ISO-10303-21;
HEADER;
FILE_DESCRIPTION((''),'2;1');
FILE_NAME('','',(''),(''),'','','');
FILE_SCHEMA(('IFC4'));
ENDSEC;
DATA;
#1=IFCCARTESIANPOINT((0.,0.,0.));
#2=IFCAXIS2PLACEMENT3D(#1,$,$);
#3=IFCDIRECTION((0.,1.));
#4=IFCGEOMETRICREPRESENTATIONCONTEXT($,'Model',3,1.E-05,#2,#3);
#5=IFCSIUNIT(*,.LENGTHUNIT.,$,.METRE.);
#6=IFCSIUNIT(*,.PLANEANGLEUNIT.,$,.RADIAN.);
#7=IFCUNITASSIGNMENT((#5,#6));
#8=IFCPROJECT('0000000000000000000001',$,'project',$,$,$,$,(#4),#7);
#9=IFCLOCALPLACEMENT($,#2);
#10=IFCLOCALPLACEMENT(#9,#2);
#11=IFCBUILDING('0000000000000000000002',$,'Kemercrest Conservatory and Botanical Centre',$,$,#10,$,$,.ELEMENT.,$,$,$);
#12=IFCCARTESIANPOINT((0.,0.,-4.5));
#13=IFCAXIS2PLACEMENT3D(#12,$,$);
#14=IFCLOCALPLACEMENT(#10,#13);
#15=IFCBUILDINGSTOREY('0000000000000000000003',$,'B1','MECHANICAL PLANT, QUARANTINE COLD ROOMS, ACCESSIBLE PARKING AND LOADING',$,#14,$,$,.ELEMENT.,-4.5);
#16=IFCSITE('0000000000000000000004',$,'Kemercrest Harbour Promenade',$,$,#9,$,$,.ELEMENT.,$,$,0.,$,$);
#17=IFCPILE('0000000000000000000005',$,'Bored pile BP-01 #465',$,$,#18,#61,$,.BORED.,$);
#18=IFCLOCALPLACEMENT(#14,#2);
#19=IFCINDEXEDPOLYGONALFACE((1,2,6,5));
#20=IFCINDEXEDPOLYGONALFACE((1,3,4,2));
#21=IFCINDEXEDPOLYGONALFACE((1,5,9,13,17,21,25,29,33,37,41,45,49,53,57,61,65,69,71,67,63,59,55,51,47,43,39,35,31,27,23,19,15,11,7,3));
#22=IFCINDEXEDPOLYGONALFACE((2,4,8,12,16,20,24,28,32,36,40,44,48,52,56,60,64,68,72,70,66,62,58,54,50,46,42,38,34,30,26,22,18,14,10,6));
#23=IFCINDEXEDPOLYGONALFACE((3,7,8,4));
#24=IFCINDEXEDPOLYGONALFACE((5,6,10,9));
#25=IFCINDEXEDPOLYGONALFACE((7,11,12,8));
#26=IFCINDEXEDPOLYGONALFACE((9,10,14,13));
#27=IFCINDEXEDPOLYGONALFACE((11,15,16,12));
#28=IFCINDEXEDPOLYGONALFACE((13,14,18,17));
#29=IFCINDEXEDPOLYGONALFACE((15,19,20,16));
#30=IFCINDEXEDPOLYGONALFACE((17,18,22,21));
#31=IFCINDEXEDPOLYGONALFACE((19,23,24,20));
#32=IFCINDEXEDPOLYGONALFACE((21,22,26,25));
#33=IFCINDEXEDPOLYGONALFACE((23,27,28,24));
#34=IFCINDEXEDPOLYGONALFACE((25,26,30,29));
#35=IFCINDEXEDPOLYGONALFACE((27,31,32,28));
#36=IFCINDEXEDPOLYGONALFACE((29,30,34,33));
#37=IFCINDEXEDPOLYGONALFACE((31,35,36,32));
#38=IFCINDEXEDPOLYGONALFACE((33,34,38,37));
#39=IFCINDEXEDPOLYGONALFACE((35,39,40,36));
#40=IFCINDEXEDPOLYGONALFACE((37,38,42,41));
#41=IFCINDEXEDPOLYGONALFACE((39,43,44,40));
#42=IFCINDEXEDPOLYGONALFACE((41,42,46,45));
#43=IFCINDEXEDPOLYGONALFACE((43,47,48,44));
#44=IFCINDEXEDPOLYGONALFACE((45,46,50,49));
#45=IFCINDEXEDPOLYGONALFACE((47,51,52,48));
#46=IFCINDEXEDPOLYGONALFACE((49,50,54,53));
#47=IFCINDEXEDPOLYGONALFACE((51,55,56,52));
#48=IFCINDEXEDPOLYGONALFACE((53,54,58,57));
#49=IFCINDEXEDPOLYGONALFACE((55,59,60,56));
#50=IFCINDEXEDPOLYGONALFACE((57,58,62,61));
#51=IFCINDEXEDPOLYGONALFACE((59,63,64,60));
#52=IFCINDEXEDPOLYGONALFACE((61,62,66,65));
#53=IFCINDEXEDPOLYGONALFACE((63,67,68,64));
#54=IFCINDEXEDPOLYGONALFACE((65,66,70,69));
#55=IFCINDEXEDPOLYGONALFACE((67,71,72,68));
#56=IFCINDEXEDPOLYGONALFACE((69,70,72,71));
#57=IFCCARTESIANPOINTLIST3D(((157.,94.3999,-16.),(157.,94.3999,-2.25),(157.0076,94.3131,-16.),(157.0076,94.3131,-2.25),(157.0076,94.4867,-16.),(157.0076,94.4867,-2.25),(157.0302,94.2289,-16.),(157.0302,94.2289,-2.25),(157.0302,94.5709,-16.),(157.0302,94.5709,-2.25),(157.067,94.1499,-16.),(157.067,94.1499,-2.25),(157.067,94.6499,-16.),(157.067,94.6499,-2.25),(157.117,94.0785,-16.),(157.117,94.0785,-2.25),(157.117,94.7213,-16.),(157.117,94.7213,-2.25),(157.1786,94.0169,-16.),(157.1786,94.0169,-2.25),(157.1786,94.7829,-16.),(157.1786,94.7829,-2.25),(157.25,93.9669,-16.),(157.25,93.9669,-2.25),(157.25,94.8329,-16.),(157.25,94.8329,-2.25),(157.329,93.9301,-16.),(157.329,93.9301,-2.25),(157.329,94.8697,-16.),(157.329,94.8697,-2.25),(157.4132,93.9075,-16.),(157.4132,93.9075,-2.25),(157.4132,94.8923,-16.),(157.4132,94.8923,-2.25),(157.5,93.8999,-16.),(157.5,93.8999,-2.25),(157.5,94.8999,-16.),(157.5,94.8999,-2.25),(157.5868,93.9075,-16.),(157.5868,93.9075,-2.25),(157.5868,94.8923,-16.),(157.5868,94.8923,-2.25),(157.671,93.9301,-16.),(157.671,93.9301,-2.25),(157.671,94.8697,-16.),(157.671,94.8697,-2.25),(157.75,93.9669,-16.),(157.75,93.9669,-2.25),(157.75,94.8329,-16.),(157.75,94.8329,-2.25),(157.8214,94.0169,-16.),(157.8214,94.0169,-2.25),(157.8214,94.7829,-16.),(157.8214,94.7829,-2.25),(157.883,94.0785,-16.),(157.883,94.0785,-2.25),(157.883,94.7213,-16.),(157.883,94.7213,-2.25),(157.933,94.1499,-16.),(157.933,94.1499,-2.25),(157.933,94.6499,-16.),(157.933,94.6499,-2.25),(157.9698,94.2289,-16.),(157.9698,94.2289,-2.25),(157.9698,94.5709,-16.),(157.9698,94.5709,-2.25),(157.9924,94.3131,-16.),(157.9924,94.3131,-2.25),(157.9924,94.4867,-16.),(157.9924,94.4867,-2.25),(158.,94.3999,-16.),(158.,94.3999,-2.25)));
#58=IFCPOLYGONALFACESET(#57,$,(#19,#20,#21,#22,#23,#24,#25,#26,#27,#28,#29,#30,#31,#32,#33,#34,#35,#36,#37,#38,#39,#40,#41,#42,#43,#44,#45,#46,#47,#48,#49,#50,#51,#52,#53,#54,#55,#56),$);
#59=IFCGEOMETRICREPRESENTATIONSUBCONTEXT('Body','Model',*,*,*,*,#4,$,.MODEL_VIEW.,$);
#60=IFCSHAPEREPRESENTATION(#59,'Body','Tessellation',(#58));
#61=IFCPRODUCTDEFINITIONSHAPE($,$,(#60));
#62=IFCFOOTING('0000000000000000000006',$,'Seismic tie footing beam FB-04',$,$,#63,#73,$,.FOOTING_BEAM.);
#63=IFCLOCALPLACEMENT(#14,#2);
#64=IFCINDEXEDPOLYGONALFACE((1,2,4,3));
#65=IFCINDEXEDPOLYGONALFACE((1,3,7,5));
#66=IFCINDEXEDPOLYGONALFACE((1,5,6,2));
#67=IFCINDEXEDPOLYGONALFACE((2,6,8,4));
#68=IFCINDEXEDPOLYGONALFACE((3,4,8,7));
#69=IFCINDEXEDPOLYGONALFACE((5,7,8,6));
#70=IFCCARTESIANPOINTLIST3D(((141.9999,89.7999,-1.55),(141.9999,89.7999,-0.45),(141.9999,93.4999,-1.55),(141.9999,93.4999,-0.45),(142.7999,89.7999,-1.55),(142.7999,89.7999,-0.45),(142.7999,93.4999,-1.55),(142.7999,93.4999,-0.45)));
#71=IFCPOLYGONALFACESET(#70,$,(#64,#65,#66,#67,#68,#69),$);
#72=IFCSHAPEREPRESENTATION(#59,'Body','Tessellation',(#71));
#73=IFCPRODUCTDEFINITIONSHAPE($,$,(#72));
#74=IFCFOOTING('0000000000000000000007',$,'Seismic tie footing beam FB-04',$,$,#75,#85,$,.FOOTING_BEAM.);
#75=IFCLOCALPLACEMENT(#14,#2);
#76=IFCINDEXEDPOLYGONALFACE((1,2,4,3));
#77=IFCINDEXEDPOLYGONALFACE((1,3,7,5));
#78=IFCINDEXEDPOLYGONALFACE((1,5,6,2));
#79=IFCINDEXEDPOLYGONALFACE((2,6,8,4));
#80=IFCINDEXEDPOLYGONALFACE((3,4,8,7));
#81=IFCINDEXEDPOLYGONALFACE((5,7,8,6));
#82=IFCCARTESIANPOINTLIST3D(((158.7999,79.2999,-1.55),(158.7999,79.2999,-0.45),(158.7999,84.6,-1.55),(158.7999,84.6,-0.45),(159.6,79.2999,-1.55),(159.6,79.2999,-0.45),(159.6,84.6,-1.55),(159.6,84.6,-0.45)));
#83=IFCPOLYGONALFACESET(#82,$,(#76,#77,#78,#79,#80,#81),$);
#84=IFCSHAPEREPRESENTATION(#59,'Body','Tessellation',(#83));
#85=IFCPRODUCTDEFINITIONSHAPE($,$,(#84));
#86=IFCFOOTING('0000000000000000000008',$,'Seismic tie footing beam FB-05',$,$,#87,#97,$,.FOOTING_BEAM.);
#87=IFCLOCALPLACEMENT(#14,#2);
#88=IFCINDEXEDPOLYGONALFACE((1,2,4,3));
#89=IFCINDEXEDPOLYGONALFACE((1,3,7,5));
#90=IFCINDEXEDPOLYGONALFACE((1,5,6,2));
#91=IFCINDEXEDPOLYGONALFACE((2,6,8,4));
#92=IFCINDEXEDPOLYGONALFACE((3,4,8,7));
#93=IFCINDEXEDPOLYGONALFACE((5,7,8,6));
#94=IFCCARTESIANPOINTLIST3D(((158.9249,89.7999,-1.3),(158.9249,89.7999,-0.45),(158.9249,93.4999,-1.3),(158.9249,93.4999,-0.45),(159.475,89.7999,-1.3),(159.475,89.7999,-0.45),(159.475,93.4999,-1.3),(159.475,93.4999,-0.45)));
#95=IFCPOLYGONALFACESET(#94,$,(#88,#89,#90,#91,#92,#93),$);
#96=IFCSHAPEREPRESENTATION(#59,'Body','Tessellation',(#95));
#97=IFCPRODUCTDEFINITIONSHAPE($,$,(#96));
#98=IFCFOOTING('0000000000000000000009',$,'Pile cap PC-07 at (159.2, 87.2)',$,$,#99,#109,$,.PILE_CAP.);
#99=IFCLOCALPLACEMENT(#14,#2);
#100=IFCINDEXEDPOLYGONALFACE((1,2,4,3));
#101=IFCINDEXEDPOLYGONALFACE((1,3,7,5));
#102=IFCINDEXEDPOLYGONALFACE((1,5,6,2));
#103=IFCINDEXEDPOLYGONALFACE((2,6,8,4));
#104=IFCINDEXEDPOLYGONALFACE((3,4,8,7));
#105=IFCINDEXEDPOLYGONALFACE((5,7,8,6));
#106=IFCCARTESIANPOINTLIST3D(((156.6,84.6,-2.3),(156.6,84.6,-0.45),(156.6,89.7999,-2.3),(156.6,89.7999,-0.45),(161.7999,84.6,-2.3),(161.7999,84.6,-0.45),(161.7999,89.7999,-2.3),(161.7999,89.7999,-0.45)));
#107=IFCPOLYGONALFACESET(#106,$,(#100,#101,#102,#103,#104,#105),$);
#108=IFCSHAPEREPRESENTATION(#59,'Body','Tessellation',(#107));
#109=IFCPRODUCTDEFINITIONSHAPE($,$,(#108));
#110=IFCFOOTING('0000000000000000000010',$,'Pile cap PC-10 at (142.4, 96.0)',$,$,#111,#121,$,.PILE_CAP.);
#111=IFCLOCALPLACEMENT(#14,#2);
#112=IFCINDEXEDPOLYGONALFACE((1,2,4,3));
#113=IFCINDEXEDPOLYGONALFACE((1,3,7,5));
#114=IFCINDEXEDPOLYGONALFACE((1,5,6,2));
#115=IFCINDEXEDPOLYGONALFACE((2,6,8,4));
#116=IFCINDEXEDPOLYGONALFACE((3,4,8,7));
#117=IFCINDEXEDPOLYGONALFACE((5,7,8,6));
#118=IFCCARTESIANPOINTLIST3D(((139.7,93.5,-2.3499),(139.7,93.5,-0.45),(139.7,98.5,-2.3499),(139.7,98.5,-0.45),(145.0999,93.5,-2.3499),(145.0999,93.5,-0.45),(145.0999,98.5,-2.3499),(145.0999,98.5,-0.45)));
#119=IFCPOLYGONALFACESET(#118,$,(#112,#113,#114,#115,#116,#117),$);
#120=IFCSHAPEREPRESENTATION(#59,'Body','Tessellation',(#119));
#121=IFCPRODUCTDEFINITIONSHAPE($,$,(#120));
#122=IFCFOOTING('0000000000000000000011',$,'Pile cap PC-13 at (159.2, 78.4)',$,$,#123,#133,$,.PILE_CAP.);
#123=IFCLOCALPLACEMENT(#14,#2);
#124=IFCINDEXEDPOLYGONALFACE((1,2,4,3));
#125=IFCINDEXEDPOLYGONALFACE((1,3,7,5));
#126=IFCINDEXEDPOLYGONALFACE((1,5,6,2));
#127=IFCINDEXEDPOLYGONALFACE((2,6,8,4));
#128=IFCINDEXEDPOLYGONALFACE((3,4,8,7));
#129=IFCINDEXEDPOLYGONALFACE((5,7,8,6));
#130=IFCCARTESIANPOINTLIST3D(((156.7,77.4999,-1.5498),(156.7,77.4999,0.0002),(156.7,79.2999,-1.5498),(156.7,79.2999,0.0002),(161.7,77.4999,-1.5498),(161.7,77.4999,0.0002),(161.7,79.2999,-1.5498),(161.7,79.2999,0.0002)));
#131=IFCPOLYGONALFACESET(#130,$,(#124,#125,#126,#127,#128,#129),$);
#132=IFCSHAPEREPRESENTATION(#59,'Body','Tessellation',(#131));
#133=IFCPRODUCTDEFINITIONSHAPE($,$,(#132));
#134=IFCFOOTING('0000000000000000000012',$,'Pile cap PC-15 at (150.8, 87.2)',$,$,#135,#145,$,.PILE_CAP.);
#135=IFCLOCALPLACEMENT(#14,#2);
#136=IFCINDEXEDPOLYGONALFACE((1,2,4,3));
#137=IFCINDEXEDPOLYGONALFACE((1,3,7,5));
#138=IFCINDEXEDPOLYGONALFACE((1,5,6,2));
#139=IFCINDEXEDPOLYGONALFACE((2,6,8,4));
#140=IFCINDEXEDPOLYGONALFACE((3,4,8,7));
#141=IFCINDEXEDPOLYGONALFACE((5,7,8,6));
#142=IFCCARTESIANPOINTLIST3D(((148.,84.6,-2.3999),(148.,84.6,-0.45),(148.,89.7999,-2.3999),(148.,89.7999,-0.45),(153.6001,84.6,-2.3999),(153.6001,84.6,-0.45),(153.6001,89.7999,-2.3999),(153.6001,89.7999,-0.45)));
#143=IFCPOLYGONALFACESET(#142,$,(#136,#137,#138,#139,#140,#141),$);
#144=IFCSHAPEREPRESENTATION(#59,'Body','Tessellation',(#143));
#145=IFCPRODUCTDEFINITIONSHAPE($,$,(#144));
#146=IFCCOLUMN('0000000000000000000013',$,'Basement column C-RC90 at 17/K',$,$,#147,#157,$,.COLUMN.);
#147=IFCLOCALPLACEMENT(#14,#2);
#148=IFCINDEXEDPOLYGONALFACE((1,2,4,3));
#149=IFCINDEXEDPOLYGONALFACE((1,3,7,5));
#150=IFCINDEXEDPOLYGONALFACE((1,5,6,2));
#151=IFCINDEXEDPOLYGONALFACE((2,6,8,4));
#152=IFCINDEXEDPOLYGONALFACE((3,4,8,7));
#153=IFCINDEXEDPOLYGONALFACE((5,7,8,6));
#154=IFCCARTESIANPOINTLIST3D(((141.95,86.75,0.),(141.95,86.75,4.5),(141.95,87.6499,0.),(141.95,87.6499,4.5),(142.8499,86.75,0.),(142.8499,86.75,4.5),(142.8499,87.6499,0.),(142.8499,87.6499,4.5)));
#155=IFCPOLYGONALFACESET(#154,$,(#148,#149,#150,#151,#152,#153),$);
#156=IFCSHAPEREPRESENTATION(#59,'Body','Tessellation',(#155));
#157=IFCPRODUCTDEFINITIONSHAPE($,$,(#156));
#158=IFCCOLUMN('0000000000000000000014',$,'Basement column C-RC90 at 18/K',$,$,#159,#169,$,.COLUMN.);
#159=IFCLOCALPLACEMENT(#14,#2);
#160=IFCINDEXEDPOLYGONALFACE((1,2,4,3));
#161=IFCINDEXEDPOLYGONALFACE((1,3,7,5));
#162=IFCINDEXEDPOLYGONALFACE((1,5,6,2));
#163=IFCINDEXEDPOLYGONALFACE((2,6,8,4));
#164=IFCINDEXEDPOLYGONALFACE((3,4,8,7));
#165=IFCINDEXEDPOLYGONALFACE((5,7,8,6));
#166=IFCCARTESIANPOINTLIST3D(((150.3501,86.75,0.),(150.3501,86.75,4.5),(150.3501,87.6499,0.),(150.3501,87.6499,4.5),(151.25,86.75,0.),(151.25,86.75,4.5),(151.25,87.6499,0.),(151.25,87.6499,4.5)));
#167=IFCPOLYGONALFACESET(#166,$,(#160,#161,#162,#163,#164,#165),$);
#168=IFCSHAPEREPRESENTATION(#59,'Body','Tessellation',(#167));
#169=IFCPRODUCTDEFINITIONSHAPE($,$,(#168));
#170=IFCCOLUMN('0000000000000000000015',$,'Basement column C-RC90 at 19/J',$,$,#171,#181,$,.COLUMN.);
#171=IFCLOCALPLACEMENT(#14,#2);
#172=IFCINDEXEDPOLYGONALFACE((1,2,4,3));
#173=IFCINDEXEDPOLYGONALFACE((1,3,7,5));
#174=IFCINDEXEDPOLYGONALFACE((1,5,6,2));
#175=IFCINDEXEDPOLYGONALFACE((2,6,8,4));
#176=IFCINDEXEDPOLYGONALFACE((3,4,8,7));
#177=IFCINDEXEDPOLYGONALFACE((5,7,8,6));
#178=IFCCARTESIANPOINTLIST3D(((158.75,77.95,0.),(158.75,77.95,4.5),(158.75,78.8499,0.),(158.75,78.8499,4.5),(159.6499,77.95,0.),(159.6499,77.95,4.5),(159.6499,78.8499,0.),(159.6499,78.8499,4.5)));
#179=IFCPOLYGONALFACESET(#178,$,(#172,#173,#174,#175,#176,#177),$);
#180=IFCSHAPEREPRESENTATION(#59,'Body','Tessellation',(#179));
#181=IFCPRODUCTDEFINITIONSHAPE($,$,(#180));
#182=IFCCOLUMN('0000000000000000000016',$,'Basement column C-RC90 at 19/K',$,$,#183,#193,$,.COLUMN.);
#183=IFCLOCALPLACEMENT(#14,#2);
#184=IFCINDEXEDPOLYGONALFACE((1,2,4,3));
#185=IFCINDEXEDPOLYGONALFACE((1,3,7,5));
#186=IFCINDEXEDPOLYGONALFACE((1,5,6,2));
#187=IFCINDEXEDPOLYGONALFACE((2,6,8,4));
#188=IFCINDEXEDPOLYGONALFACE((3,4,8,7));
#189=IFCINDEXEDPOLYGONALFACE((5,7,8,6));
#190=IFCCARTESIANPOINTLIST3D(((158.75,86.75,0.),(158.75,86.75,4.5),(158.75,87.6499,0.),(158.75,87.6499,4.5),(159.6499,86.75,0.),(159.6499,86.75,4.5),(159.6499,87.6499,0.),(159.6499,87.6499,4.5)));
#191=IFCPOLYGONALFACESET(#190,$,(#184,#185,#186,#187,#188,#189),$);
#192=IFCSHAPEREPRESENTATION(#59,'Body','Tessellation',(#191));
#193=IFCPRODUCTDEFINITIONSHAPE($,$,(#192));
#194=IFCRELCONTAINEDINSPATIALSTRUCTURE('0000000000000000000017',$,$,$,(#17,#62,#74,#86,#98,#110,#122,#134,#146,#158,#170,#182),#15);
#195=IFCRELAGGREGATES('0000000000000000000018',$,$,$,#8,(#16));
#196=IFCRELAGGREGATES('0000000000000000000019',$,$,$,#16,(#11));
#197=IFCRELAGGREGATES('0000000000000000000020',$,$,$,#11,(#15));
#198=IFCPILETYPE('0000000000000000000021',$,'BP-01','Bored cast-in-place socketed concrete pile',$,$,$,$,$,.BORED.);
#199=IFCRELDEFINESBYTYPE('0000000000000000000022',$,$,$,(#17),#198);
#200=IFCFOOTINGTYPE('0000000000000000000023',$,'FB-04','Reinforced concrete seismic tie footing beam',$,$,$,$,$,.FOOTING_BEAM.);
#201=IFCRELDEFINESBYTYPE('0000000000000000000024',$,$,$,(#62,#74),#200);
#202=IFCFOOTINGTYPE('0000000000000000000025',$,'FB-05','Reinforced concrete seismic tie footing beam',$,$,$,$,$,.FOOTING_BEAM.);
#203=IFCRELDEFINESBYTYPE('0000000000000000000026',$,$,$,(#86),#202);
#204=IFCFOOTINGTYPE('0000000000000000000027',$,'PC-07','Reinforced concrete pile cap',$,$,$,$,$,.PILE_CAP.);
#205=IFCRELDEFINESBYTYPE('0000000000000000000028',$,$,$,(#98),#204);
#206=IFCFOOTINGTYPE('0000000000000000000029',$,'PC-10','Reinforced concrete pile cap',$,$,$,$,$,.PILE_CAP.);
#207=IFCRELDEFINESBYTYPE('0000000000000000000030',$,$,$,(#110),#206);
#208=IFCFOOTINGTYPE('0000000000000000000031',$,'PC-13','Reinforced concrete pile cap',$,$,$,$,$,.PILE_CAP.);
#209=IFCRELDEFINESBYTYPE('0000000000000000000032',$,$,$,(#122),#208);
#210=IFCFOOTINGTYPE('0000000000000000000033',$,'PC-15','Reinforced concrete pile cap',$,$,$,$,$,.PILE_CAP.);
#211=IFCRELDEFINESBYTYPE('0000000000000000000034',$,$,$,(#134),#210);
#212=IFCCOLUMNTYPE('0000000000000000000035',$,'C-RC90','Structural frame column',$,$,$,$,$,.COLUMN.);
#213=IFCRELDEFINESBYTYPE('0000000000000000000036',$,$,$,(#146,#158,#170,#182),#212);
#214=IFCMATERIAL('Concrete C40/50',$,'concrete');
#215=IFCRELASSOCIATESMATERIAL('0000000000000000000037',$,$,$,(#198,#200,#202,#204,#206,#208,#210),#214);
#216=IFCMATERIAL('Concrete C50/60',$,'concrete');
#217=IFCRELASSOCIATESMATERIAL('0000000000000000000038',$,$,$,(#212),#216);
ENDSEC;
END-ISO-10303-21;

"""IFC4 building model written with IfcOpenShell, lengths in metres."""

from ifc_helpers import new_model, si_unit, direction, frame, origin, origin_2d, place, context, subcontext, project, spatial, rectangle, circle, extrude, material, material_profile, profile_set, type_object, element, save


model = new_model("IFC4")

# Units and contexts
model_context = context("Model", 3, precision=1e-05, world=origin(), true_north=direction((0.0, 1.0)))
body_context = subcontext(model_context, "Body", "Model", "MODEL_VIEW")
ifc_project = project(units=[si_unit("LENGTHUNIT", "METRE"), si_unit("PLANEANGLEUNIT", "RADIAN")], contexts=[model_context])

# Site, building, storey
site_placement = place(None, origin())
site = spatial("IfcSite", under=ifc_project, at=site_placement, Name="Kemercrest Harbour Promenade", CompositionType="ELEMENT", RefElevation=0.0)
building_placement = place(site_placement, origin())
building = spatial("IfcBuilding", under=site, at=building_placement, Name="Kemercrest Conservatory and Botanical Centre", CompositionType="ELEMENT")
storey_placement = place(building_placement, frame((0.0, 0.0, -4.5)))
storey = spatial("IfcBuildingStorey", under=building, at=storey_placement, Name="B1", Description="MECHANICAL PLANT, QUARANTINE COLD ROOMS, ACCESSIBLE PARKING AND LOADING", CompositionType="ELEMENT", Elevation=-4.5)

# Pile
ifc_material_1 = material(Name="Concrete C40/50", Category="concrete")
ifc_material_profile_1 = material_profile(ifc_material_1, circle(Radius=0.5, at=origin_2d()), Name="BORED PILE 1000")
ifc_profile_set_1 = profile_set([ifc_material_profile_1], Name="Concrete C40/50")
pile_type = type_object("IfcPileType", Name="BP-01", Description="Bored cast-in-place socketed concrete pile", PredefinedType="BORED", material=ifc_profile_set_1)
pile_1_placement = place(storey_placement, frame((157.5, 94.3999, -2.25), z_axis=(0.0, 0.0, -1.0), x_axis=(1.0, 0.0, 0.0)))
element("IfcPile", 1, at=pile_1_placement, inside=storey, type_object=pile_type, Name="Bored pile BP-01 #465", PredefinedType="BORED", context=body_context, shape_type="SweptSolid", body=[
    extrude(circle(Radius=0.5, at=origin_2d()), origin(), (0.0, 0.0, 1.0), 13.75),
])

# Footings
footing_type_1 = type_object("IfcFootingType", Name="FB-04", Description="Reinforced concrete seismic tie footing beam", PredefinedType="FOOTING_BEAM", material=ifc_material_1)
footing_1_placement = place(storey_placement, frame((142.3999, 91.6499, -1.55), z_axis=(0.0, 0.0, 1.0), x_axis=(1.0, 0.0, 0.0)))
element("IfcFooting", 2, at=footing_1_placement, inside=storey, type_object=footing_type_1, Name="Seismic tie footing beam FB-04", PredefinedType="FOOTING_BEAM", context=body_context, shape_type="SweptSolid", body=[
    extrude(rectangle(XDim=0.8, YDim=3.7, at=origin_2d()), origin(), (0.0, 0.0, 1.0), 1.1001),
])
footing_2_placement = place(storey_placement, frame((159.2, 81.95, -1.55), z_axis=(0.0, 0.0, 1.0), x_axis=(1.0, 0.0, 0.0)))
element("IfcFooting", 3, at=footing_2_placement, inside=storey, type_object=footing_type_1, Name="Seismic tie footing beam FB-04", PredefinedType="FOOTING_BEAM", context=body_context, shape_type="SweptSolid", body=[
    extrude(rectangle(XDim=0.8, YDim=5.3, at=origin_2d()), origin(), (0.0, 0.0, 1.0), 1.1001),
])
footing_type_2 = type_object("IfcFootingType", Name="FB-05", Description="Reinforced concrete seismic tie footing beam", PredefinedType="FOOTING_BEAM", material=ifc_material_1)
footing_3_placement = place(storey_placement, frame((159.2, 91.6499, -1.3), z_axis=(0.0, 0.0, 1.0), x_axis=(1.0, 0.0, 0.0)))
element("IfcFooting", 4, at=footing_3_placement, inside=storey, type_object=footing_type_2, Name="Seismic tie footing beam FB-05", PredefinedType="FOOTING_BEAM", context=body_context, shape_type="SweptSolid", body=[
    extrude(rectangle(XDim=0.55, YDim=3.7, at=origin_2d()), origin(), (0.0, 0.0, 1.0), 0.8501),
])
footing_type_3 = type_object("IfcFootingType", Name="PC-07", Description="Reinforced concrete pile cap", PredefinedType="PILE_CAP", material=ifc_material_1)
footing_4_placement = place(storey_placement, frame((159.2, 87.2, -2.3), z_axis=(0.0, 0.0, 1.0), x_axis=(1.0, 0.0, 0.0)))
element("IfcFooting", 5, at=footing_4_placement, inside=storey, type_object=footing_type_3, Name="Pile cap PC-07 at (159.2, 87.2)", PredefinedType="PILE_CAP", context=body_context, shape_type="SweptSolid", body=[
    extrude(rectangle(XDim=5.2, YDim=5.2, at=origin_2d()), origin(), (0.0, 0.0, 1.0), 1.8501),
])
footing_type_4 = type_object("IfcFootingType", Name="PC-10", Description="Reinforced concrete pile cap", PredefinedType="PILE_CAP", material=ifc_material_1)
footing_5_placement = place(storey_placement, frame((142.3999, 96.0, -2.3499), z_axis=(0.0, 0.0, 1.0), x_axis=(1.0, 0.0, 0.0)))
element("IfcFooting", 6, at=footing_5_placement, inside=storey, type_object=footing_type_4, Name="Pile cap PC-10 at (142.4, 96.0)", PredefinedType="PILE_CAP", context=body_context, shape_type="SweptSolid", body=[
    extrude(rectangle(XDim=5.3999, YDim=5.0, at=origin_2d()), origin(), (0.0, 0.0, 1.0), 1.8999),
])
footing_type_5 = type_object("IfcFootingType", Name="PC-13", Description="Reinforced concrete pile cap", PredefinedType="PILE_CAP", material=ifc_material_1)
footing_6_placement = place(storey_placement, frame((159.2, 78.3999, -1.5498), z_axis=(0.0, 0.0, 1.0), x_axis=(1.0, 0.0, 0.0)))
element("IfcFooting", 7, at=footing_6_placement, inside=storey, type_object=footing_type_5, Name="Pile cap PC-13 at (159.2, 78.4)", PredefinedType="PILE_CAP", context=body_context, shape_type="SweptSolid", body=[
    extrude(rectangle(XDim=5.0, YDim=1.8, at=origin_2d()), origin(), (0.0, 0.0, 1.0), 1.55),
])
footing_type_6 = type_object("IfcFootingType", Name="PC-15", Description="Reinforced concrete pile cap", PredefinedType="PILE_CAP", material=ifc_material_1)
footing_7_placement = place(storey_placement, frame((150.8, 87.2, -2.3999), z_axis=(0.0, 0.0, 1.0), x_axis=(1.0, 0.0, 0.0)))
element("IfcFooting", 8, at=footing_7_placement, inside=storey, type_object=footing_type_6, Name="Pile cap PC-15 at (150.8, 87.2)", PredefinedType="PILE_CAP", context=body_context, shape_type="SweptSolid", body=[
    extrude(rectangle(XDim=5.6001, YDim=5.2, at=origin_2d()), origin(), (0.0, 0.0, 1.0), 1.95),
])

# Columns
ifc_material_2 = material(Name="Concrete C50/60", Category="concrete")
ifc_material_profile_2 = material_profile(ifc_material_2, rectangle(XDim=0.8999, YDim=0.8999, at=origin_2d()), Name="RC 900x900")
ifc_profile_set_2 = profile_set([ifc_material_profile_2], Name="Concrete C50/60")
column_type = type_object("IfcColumnType", Name="C-RC90", Description="Structural frame column", PredefinedType="COLUMN", material=ifc_profile_set_2)
for number, where, z_axis, x_axis, name in (
    (9, (142.3999, 87.2, 0.0), (0.0, 0.0, 1.0), (1.0, 0.0, 0.0), "Basement column C-RC90 at 17/K"),
    (10, (150.8, 87.2, 0.0), (0.0, 0.0, 1.0), (1.0, 0.0, 0.0), "Basement column C-RC90 at 18/K"),
    (11, (159.2, 78.3999, 0.0), (0.0, 0.0, 1.0), (1.0, 0.0, 0.0), "Basement column C-RC90 at 19/J"),
    (12, (159.2, 87.2, 0.0), (0.0, 0.0, 1.0), (1.0, 0.0, 0.0), "Basement column C-RC90 at 19/K"),
):
    element("IfcColumn", number, at=place(storey_placement, frame(where, z_axis=z_axis, x_axis=x_axis)), inside=storey, type_object=column_type, Name=name, PredefinedType="COLUMN", context=body_context, shape_type="SweptSolid", body=[
        extrude(rectangle(XDim=0.8999, YDim=0.8999, at=origin_2d()), origin(), (0.0, 0.0, 1.0), 4.5),
    ])

save(model, "model.ifc")
